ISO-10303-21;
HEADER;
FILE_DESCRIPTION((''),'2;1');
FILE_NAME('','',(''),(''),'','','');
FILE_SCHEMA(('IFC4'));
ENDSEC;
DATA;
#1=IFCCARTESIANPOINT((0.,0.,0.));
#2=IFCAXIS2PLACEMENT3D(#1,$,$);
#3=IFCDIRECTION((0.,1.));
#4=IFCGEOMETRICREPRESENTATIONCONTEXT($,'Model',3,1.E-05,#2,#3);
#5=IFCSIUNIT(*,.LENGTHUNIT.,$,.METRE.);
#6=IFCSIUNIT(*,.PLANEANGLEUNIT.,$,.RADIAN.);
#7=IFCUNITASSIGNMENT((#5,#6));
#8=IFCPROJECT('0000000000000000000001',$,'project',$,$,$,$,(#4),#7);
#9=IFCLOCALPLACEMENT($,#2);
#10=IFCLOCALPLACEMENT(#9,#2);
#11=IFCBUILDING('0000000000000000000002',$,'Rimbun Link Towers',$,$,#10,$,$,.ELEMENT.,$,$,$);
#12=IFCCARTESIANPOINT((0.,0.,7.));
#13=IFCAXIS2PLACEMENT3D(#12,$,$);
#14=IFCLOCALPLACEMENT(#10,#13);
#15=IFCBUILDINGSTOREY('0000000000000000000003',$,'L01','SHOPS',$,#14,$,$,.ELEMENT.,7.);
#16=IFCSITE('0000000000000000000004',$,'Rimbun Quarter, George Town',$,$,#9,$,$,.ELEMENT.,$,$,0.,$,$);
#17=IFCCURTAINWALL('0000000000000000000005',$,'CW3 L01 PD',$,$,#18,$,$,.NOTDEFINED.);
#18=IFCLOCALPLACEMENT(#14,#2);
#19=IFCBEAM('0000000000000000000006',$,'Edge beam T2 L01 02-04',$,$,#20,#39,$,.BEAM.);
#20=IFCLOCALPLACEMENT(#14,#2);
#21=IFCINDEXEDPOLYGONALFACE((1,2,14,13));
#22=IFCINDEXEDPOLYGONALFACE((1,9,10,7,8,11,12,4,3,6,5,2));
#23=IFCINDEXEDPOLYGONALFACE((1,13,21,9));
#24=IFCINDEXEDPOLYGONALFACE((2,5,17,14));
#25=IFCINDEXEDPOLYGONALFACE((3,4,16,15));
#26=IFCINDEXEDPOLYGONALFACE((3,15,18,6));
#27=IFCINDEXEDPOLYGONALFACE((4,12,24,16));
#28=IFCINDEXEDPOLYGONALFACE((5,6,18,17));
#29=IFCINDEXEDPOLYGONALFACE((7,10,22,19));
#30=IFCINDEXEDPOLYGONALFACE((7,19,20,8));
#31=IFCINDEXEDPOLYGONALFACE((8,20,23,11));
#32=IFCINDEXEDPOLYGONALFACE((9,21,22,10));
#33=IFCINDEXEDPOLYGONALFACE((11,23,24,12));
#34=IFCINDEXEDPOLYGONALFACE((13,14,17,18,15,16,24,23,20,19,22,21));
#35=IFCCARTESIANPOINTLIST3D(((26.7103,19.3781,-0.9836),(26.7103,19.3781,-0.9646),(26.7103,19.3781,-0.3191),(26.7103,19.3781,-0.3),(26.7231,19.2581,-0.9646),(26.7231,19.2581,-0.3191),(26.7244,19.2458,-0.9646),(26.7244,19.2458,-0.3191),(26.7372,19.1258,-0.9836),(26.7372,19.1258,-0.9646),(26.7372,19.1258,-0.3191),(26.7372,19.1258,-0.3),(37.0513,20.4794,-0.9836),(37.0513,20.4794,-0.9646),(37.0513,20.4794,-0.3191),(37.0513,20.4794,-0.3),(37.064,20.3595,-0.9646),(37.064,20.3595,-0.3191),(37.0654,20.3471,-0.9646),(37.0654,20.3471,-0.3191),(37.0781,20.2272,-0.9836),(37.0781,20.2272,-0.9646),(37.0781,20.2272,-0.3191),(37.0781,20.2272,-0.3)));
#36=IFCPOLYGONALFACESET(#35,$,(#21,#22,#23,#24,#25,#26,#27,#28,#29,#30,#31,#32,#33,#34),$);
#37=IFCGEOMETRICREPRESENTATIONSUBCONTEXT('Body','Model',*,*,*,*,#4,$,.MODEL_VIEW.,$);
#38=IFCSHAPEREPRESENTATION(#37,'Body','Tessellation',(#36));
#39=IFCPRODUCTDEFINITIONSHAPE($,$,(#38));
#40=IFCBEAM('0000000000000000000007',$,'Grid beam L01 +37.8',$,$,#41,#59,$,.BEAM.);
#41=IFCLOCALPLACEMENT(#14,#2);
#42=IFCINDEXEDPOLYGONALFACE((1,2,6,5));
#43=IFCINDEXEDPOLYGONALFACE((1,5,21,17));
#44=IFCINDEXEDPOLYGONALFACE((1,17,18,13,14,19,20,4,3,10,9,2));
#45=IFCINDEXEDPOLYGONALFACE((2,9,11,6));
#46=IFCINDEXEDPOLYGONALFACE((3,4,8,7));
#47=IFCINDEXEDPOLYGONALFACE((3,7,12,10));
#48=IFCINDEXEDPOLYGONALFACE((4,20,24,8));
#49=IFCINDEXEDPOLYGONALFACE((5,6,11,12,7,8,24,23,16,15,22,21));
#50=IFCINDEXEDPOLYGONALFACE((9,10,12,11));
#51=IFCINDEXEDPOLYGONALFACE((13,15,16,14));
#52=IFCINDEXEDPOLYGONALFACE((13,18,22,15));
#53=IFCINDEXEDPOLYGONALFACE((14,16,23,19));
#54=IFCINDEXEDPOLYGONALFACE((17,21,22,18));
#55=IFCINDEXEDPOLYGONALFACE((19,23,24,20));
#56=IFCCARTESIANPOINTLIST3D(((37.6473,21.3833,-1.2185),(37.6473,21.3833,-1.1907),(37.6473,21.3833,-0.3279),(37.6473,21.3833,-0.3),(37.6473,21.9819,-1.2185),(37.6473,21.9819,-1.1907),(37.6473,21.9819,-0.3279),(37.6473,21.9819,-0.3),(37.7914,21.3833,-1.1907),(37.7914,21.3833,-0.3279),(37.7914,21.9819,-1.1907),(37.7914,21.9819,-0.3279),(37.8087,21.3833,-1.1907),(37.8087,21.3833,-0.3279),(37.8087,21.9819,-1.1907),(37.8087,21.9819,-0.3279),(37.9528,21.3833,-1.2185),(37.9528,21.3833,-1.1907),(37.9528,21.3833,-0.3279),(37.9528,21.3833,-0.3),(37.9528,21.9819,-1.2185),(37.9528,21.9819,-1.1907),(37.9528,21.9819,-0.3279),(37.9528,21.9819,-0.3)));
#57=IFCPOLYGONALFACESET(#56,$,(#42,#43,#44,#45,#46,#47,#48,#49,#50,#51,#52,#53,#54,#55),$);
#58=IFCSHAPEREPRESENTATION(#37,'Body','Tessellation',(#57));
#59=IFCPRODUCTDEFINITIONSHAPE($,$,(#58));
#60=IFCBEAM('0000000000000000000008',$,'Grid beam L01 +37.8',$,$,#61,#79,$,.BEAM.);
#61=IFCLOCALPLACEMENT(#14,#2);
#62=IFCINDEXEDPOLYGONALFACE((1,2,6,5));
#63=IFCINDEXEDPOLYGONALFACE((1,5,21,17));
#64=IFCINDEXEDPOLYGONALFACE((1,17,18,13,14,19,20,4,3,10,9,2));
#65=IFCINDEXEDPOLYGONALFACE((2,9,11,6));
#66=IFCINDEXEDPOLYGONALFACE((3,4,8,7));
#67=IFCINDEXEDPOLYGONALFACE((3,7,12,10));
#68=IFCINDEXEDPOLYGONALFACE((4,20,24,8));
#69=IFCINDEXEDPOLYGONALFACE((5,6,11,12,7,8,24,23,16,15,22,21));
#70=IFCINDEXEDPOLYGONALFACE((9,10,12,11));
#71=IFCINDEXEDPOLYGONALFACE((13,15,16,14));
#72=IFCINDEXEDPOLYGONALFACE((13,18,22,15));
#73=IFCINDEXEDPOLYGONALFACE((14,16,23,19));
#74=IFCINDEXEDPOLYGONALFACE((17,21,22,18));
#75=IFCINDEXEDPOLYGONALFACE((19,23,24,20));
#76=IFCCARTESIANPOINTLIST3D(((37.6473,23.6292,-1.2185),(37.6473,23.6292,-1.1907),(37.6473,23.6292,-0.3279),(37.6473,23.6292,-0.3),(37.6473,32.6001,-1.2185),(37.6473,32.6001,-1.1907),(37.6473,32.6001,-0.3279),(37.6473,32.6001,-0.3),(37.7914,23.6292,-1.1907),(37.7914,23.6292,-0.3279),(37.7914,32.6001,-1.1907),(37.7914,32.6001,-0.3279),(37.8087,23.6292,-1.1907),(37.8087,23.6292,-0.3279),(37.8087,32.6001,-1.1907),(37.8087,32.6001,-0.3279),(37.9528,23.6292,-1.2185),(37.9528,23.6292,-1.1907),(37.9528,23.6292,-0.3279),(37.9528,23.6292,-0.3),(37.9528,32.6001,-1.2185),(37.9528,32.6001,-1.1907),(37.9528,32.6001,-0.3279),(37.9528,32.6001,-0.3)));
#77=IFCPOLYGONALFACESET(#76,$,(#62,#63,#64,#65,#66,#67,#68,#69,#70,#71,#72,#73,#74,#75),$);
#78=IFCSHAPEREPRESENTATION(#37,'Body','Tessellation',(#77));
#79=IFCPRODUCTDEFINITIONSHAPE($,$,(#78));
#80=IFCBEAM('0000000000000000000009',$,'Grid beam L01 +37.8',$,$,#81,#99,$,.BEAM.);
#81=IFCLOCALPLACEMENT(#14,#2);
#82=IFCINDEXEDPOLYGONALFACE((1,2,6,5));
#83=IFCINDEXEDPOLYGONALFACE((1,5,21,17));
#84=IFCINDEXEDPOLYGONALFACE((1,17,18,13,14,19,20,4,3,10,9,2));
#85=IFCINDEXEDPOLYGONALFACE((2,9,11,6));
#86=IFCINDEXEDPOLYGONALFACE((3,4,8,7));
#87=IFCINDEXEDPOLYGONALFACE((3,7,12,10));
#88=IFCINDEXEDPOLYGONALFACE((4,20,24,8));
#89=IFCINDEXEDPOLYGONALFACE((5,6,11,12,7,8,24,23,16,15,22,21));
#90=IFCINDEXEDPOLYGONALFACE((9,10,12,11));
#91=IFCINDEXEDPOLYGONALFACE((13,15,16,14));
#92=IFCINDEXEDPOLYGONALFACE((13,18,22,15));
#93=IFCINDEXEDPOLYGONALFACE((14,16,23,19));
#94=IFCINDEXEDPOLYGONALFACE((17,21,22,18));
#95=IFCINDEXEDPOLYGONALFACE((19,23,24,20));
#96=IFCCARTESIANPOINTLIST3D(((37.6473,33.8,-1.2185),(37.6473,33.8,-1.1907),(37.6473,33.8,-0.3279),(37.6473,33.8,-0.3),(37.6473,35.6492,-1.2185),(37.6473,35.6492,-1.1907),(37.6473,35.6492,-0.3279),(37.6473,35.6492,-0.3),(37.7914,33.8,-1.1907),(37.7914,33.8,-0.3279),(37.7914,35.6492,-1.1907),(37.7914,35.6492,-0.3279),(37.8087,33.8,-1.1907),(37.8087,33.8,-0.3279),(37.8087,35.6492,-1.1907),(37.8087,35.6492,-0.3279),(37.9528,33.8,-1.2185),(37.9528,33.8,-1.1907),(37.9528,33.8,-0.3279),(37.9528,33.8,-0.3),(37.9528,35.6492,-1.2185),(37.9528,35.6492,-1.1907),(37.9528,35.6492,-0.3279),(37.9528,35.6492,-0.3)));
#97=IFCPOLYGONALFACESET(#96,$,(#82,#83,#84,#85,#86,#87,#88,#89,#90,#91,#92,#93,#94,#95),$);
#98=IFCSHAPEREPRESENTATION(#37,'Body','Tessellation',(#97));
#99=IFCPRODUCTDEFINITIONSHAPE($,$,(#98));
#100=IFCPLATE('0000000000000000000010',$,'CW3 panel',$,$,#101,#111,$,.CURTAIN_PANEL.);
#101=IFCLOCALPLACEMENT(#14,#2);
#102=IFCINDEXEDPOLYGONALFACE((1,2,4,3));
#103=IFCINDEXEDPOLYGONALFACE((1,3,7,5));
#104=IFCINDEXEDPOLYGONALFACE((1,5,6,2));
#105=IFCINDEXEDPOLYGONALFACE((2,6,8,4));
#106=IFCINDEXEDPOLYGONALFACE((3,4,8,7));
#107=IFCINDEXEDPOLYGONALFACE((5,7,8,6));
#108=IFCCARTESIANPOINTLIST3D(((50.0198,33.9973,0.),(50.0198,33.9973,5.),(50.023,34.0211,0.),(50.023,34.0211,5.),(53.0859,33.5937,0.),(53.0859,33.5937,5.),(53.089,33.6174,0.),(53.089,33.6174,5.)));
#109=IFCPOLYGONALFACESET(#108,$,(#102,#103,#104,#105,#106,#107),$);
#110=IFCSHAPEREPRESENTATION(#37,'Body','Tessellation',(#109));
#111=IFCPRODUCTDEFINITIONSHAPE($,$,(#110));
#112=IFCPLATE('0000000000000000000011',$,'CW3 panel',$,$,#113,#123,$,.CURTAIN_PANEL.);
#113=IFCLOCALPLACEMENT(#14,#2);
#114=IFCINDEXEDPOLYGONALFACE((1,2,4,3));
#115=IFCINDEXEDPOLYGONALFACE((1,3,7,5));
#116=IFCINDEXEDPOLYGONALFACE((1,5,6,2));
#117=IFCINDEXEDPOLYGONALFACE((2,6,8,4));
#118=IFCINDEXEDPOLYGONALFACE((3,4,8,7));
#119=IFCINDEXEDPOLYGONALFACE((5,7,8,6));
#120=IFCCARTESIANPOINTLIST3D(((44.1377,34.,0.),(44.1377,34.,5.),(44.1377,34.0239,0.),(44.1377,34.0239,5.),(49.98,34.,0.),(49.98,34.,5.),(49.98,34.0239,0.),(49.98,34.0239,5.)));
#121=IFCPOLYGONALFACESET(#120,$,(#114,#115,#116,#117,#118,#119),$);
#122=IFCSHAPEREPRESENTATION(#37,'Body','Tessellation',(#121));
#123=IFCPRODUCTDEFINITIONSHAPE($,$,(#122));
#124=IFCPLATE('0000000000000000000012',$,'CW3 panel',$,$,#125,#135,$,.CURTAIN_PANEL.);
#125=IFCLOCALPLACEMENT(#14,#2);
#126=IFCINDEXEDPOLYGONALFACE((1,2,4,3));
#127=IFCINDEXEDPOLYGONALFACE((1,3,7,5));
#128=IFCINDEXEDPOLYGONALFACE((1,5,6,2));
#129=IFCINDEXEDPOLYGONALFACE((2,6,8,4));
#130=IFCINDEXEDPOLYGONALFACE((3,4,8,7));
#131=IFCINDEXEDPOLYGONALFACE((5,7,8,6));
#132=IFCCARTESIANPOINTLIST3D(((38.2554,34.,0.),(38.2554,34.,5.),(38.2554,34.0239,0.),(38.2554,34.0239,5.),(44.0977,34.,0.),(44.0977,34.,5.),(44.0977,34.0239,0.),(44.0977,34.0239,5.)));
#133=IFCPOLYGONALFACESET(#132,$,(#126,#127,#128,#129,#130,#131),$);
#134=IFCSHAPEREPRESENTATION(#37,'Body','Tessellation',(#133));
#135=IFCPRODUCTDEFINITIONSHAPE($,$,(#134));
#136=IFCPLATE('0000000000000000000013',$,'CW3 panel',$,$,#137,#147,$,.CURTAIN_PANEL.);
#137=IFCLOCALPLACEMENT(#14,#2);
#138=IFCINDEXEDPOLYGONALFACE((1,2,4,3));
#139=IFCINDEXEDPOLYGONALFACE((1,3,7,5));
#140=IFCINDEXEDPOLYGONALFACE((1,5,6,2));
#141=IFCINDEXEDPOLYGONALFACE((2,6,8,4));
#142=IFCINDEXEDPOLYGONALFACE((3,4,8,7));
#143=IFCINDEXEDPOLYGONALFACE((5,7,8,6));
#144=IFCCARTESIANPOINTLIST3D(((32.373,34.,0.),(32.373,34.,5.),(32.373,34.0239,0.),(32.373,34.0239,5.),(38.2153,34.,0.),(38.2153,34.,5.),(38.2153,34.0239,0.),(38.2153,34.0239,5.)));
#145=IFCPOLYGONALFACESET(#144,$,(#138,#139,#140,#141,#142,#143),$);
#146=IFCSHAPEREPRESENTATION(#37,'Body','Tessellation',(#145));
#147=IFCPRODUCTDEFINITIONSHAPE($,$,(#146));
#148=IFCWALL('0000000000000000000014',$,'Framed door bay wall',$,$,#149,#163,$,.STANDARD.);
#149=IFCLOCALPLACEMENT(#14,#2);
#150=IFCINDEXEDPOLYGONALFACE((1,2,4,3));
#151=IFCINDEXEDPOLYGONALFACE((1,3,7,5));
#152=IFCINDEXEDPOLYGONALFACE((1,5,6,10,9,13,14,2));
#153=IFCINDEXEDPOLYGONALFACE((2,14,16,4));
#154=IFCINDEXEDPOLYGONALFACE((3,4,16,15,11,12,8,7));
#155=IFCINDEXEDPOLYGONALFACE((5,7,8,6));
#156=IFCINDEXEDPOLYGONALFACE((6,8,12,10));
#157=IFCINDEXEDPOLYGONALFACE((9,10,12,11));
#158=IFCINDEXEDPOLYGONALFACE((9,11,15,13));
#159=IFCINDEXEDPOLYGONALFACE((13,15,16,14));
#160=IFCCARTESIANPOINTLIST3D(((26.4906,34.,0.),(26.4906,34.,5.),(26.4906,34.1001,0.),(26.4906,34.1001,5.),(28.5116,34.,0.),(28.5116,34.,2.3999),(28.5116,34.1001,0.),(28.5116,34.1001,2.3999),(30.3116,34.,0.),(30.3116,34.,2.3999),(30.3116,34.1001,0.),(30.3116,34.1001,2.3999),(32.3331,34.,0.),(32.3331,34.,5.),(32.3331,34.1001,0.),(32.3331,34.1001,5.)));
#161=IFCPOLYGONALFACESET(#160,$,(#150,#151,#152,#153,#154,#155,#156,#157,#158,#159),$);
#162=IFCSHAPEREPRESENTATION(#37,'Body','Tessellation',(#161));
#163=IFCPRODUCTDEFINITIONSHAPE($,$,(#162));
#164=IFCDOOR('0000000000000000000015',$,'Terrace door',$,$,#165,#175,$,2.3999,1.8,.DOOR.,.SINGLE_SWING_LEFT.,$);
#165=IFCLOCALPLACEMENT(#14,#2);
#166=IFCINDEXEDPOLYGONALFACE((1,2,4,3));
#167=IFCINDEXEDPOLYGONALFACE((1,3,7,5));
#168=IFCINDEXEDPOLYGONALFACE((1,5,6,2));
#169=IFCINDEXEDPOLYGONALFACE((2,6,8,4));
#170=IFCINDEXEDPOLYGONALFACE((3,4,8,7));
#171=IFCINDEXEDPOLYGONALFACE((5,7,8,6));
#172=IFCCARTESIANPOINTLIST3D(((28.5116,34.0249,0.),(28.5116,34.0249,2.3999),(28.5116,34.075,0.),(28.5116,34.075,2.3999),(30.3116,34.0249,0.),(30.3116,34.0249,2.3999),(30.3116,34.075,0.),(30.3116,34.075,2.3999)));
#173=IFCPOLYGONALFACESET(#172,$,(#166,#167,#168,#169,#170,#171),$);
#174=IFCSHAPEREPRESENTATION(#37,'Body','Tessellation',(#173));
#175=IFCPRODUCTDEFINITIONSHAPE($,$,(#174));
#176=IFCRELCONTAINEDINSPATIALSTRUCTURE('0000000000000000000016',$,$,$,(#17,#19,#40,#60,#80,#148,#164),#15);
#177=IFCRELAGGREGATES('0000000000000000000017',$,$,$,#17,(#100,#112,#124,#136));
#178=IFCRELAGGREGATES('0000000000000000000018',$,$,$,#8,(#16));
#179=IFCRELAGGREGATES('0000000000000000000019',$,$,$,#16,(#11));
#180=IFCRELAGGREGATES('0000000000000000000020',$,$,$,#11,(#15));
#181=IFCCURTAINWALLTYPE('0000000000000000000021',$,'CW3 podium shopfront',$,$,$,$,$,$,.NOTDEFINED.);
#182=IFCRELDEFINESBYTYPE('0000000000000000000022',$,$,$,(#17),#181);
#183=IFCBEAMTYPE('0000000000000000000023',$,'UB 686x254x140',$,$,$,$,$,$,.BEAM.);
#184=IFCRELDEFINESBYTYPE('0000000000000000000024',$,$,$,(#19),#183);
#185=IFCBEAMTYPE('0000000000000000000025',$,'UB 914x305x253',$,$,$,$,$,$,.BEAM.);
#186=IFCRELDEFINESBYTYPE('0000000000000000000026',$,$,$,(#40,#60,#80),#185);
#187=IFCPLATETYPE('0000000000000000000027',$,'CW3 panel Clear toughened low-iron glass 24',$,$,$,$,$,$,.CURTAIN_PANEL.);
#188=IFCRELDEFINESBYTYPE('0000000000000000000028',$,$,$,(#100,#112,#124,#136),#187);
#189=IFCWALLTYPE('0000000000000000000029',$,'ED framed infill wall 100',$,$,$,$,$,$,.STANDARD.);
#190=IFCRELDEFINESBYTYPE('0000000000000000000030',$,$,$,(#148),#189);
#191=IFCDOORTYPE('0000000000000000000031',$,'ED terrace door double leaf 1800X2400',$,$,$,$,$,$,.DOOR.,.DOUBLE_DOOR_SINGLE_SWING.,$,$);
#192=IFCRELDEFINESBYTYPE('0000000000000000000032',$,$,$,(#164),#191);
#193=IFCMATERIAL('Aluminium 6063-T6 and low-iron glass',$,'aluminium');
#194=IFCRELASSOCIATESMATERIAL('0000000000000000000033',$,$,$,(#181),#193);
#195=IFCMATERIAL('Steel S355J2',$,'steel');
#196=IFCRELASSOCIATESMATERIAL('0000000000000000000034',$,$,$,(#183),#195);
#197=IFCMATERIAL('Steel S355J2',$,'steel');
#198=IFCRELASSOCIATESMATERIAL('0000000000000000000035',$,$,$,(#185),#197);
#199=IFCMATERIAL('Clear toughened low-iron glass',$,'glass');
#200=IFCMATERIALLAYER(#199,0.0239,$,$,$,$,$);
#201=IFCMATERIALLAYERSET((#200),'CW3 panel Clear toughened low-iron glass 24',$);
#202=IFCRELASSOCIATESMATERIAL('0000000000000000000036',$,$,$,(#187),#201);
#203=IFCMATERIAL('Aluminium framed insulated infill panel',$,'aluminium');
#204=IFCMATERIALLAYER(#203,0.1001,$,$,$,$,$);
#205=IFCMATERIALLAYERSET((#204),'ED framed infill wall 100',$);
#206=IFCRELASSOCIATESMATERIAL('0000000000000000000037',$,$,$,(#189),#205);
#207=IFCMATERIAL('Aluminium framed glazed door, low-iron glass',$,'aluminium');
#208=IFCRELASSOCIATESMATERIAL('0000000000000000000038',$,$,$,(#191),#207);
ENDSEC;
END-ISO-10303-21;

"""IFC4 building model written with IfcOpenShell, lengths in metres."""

from ifc_helpers import new_model, si_unit, direction, frame, frame_2d, origin, origin_2d, place, context, subcontext, project, spatial, rectangle, i_section, extrude, material, layer, layer_set, material_profile, profile_set, type_object, element, fill, aggregate, save


model = new_model("IFC4")

# Units and contexts
model_context = context("Model", 3, precision=1e-05, world=origin(), true_north=direction((0.0, 1.0)))
body_context = subcontext(model_context, "Body", "Model", "MODEL_VIEW")
ifc_project = project(units=[si_unit("LENGTHUNIT", "METRE"), si_unit("PLANEANGLEUNIT", "RADIAN")], contexts=[model_context])

# Site, building, storey
site_placement = place(None, origin())
site = spatial("IfcSite", under=ifc_project, at=site_placement, Name="Rimbun Quarter, George Town", CompositionType="ELEMENT", RefElevation=0.0)
building_placement = place(site_placement, origin())
building = spatial("IfcBuilding", under=site, at=building_placement, Name="Rimbun Link Towers", CompositionType="ELEMENT")
storey_placement = place(building_placement, frame((0.0, 0.0, 7.0)))
storey = spatial("IfcBuildingStorey", under=building, at=storey_placement, Name="L01", Description="SHOPS", CompositionType="ELEMENT", Elevation=7.0)

# Curtain wall
ifc_material_1 = material(Name="Aluminium 6063-T6 and low-iron glass", Category="aluminium")
curtain_wall_type = type_object("IfcCurtainWallType", Name="CW3 podium shopfront", PredefinedType="NOTDEFINED", material=ifc_material_1)
curtain_wall_placement = place(storey_placement, origin())
curtain_wall = element("IfcCurtainWall", 1, at=curtain_wall_placement, inside=storey, type_object=curtain_wall_type, Name="CW3 L01 PD", PredefinedType="NOTDEFINED")

# Beams
ifc_material_2 = material(Name="Steel S355J2", Category="steel")
ifc_material_profile_1 = material_profile(ifc_material_2, i_section(OverallWidth=0.2537, OverallDepth=0.6836, WebThickness=0.0125, FlangeThickness=0.019, at=origin_2d()), Name="UB 686x254x140")
ifc_profile_set_1 = profile_set([ifc_material_profile_1], Name="Steel S355J2")
beam_type_1 = type_object("IfcBeamType", Name="UB 686x254x140", PredefinedType="BEAM", material=ifc_profile_set_1)
beam_1_placement = place(storey_placement, frame((37.0647, 20.3533, -0.6418), z_axis=(-0.994376, -0.105903, 0.0), x_axis=(0.105903, -0.994376, 0.0)))
element("IfcBeam", 2, at=beam_1_placement, inside=storey, type_object=beam_type_1, Name="Edge beam T2 L01 02-04", PredefinedType="BEAM", context=body_context, shape_type="SweptSolid", body=[
    extrude(i_section(OverallWidth=0.2537, OverallDepth=0.6836, WebThickness=0.0125, FlangeThickness=0.019, at=origin_2d()), origin(), (0.0, 0.0, 1.0), 10.3994),
])
ifc_material_3 = material(Name="Steel S355J2", Category="steel")
ifc_material_profile_2 = material_profile(ifc_material_3, i_section(OverallWidth=0.3054, OverallDepth=0.9185, WebThickness=0.0173, FlangeThickness=0.0278, at=origin_2d()), Name="UB 914x305x253")
ifc_profile_set_2 = profile_set([ifc_material_profile_2], Name="Steel S355J2")
beam_type_2 = type_object("IfcBeamType", Name="UB 914x305x253", PredefinedType="BEAM", material=ifc_profile_set_2)
beam_2_placement = place(storey_placement, frame((37.8, 21.3833, -0.7593), z_axis=(0.0, 1.0, 0.0), x_axis=(-1.0, 0.0, 0.0)))
element("IfcBeam", 3, at=beam_2_placement, inside=storey, type_object=beam_type_2, Name="Grid beam L01 +37.8", PredefinedType="BEAM", context=body_context, shape_type="SweptSolid", body=[
    extrude(i_section(OverallWidth=0.3054, OverallDepth=0.9185, WebThickness=0.0173, FlangeThickness=0.0278, at=origin_2d()), origin(), (0.0, 0.0, 1.0), 0.5986),
])
beam_3_placement = place(storey_placement, frame((37.8, 23.6292, -0.7593), z_axis=(0.0, 1.0, 0.0), x_axis=(-1.0, 0.0, 0.0)))
element("IfcBeam", 4, at=beam_3_placement, inside=storey, type_object=beam_type_2, Name="Grid beam L01 +37.8", PredefinedType="BEAM", context=body_context, shape_type="SweptSolid", body=[
    extrude(i_section(OverallWidth=0.3054, OverallDepth=0.9185, WebThickness=0.0173, FlangeThickness=0.0278, at=origin_2d()), origin(), (0.0, 0.0, 1.0), 8.9709),
])
beam_4_placement = place(storey_placement, frame((37.8, 33.8, -0.7593), z_axis=(0.0, 1.0, 0.0), x_axis=(-1.0, 0.0, 0.0)))
element("IfcBeam", 5, at=beam_4_placement, inside=storey, type_object=beam_type_2, Name="Grid beam L01 +37.8", PredefinedType="BEAM", context=body_context, shape_type="SweptSolid", body=[
    extrude(i_section(OverallWidth=0.3054, OverallDepth=0.9185, WebThickness=0.0173, FlangeThickness=0.0278, at=origin_2d()), origin(), (0.0, 0.0, 1.0), 1.8491),
])

# Plates
ifc_material_4 = material(Name="Clear toughened low-iron glass", Category="glass")
ifc_layer_1 = layer(ifc_material_4, 0.0239)
ifc_layer_set_1 = layer_set([ifc_layer_1], Name="CW3 panel Clear toughened low-iron glass 24")
plate_type = type_object("IfcPlateType", Name="CW3 panel Clear toughened low-iron glass 24", PredefinedType="CURTAIN_PANEL", material=ifc_layer_set_1)
plate_1_placement = place(storey_placement, frame((51.5544, 33.8074, 0.0), z_axis=(0.0, 0.0, 1.0), x_axis=(0.991444, -0.13053, 0.0)))
plate_1 = element("IfcPlate", 6, at=plate_1_placement, type_object=plate_type, Name="CW3 panel", PredefinedType="CURTAIN_PANEL", context=body_context, shape_type="SweptSolid", body=[
    extrude(rectangle(XDim=3.0925, YDim=0.0239, at=origin_2d()), origin(), (0.0, 0.0, 1.0), 5.0),
])
plate_2_placement = place(storey_placement, frame((47.0588, 34.012, 0.0), z_axis=(0.0, 0.0, 1.0), x_axis=(1.0, 0.0, 0.0)))
plate_2 = element("IfcPlate", 7, at=plate_2_placement, type_object=plate_type, Name="CW3 panel", PredefinedType="CURTAIN_PANEL", context=body_context, shape_type="SweptSolid", body=[
    extrude(rectangle(XDim=5.8423, YDim=0.0239, at=origin_2d()), origin(), (0.0, 0.0, 1.0), 5.0),
])
plate_3_placement = place(storey_placement, frame((41.1765, 34.012, 0.0), z_axis=(0.0, 0.0, 1.0), x_axis=(1.0, 0.0, 0.0)))
plate_3 = element("IfcPlate", 8, at=plate_3_placement, type_object=plate_type, Name="CW3 panel", PredefinedType="CURTAIN_PANEL", context=body_context, shape_type="SweptSolid", body=[
    extrude(rectangle(XDim=5.8423, YDim=0.0239, at=origin_2d()), origin(), (0.0, 0.0, 1.0), 5.0),
])
plate_4_placement = place(storey_placement, frame((35.2942, 34.012, 0.0), z_axis=(0.0, 0.0, 1.0), x_axis=(1.0, 0.0, 0.0)))
plate_4 = element("IfcPlate", 9, at=plate_4_placement, type_object=plate_type, Name="CW3 panel", PredefinedType="CURTAIN_PANEL", context=body_context, shape_type="SweptSolid", body=[
    extrude(rectangle(XDim=5.8423, YDim=0.0239, at=origin_2d()), origin(), (0.0, 0.0, 1.0), 5.0),
])
aggregate(curtain_wall, [plate_1, plate_2, plate_3, plate_4])

# Wall, opening, door
ifc_material_5 = material(Name="Aluminium framed insulated infill panel", Category="aluminium")
ifc_layer_2 = layer(ifc_material_5, 0.1001)
ifc_layer_set_2 = layer_set([ifc_layer_2], Name="ED framed infill wall 100")
wall_type = type_object("IfcWallType", Name="ED framed infill wall 100", PredefinedType="STANDARD", material=ifc_layer_set_2)
wall_placement = place(storey_placement, frame((26.4905, 34.05, 0.0), z_axis=(0.0, 0.0, 1.0), x_axis=(1.0, 0.0, 0.0)))
wall = element("IfcWall", 10, at=wall_placement, inside=storey, type_object=wall_type, Name="Framed door bay wall", PredefinedType="STANDARD", context=body_context, shape_type="SweptSolid", body=[
    extrude(rectangle(XDim=5.8425, YDim=0.1001, at=frame_2d((2.9214, 0.0))), origin(), (0.0, 0.0, 1.0), 5.0),
])
opening_placement = place(wall_placement, frame((2.0212, 0.0, 0.0)))
opening = element("IfcOpeningElement", 11, at=opening_placement, cuts=wall, PredefinedType="OPENING", context=body_context, shape_type="SweptSolid", body=[
    extrude(rectangle(XDim=1.8, YDim=2.3999, at=frame_2d((0.8999, 1.2))), frame((0.0, 0.0601, 0.0), z_axis=(0.0, -1.0, 0.0), x_axis=(1.0, 0.0, 0.0)), (0.0, 0.0, 1.0), 0.1201),
])
ifc_material_6 = material(Name="Aluminium framed glazed door, low-iron glass", Category="aluminium")
door_type = type_object("IfcDoorType", Name="ED terrace door double leaf 1800X2400", OperationType="DOUBLE_DOOR_SINGLE_SWING", PredefinedType="DOOR", material=ifc_material_6)
door_placement = place(opening_placement, origin())
door = element("IfcDoor", 12, at=door_placement, inside=storey, type_object=door_type, Name="Terrace door", OperationType="SINGLE_SWING_LEFT", OverallHeight=2.3999, OverallWidth=1.8, PredefinedType="DOOR", context=body_context, shape_type="SweptSolid", body=[
    extrude(rectangle(XDim=1.8, YDim=2.3999, at=frame_2d((0.8999, 1.2))), frame((0.0, 0.0249, 0.0), z_axis=(0.0, -1.0, 0.0), x_axis=(1.0, 0.0, 0.0)), (0.0, 0.0, 1.0), 0.05),
])
fill(opening, door)

save(model, "model.ifc")
